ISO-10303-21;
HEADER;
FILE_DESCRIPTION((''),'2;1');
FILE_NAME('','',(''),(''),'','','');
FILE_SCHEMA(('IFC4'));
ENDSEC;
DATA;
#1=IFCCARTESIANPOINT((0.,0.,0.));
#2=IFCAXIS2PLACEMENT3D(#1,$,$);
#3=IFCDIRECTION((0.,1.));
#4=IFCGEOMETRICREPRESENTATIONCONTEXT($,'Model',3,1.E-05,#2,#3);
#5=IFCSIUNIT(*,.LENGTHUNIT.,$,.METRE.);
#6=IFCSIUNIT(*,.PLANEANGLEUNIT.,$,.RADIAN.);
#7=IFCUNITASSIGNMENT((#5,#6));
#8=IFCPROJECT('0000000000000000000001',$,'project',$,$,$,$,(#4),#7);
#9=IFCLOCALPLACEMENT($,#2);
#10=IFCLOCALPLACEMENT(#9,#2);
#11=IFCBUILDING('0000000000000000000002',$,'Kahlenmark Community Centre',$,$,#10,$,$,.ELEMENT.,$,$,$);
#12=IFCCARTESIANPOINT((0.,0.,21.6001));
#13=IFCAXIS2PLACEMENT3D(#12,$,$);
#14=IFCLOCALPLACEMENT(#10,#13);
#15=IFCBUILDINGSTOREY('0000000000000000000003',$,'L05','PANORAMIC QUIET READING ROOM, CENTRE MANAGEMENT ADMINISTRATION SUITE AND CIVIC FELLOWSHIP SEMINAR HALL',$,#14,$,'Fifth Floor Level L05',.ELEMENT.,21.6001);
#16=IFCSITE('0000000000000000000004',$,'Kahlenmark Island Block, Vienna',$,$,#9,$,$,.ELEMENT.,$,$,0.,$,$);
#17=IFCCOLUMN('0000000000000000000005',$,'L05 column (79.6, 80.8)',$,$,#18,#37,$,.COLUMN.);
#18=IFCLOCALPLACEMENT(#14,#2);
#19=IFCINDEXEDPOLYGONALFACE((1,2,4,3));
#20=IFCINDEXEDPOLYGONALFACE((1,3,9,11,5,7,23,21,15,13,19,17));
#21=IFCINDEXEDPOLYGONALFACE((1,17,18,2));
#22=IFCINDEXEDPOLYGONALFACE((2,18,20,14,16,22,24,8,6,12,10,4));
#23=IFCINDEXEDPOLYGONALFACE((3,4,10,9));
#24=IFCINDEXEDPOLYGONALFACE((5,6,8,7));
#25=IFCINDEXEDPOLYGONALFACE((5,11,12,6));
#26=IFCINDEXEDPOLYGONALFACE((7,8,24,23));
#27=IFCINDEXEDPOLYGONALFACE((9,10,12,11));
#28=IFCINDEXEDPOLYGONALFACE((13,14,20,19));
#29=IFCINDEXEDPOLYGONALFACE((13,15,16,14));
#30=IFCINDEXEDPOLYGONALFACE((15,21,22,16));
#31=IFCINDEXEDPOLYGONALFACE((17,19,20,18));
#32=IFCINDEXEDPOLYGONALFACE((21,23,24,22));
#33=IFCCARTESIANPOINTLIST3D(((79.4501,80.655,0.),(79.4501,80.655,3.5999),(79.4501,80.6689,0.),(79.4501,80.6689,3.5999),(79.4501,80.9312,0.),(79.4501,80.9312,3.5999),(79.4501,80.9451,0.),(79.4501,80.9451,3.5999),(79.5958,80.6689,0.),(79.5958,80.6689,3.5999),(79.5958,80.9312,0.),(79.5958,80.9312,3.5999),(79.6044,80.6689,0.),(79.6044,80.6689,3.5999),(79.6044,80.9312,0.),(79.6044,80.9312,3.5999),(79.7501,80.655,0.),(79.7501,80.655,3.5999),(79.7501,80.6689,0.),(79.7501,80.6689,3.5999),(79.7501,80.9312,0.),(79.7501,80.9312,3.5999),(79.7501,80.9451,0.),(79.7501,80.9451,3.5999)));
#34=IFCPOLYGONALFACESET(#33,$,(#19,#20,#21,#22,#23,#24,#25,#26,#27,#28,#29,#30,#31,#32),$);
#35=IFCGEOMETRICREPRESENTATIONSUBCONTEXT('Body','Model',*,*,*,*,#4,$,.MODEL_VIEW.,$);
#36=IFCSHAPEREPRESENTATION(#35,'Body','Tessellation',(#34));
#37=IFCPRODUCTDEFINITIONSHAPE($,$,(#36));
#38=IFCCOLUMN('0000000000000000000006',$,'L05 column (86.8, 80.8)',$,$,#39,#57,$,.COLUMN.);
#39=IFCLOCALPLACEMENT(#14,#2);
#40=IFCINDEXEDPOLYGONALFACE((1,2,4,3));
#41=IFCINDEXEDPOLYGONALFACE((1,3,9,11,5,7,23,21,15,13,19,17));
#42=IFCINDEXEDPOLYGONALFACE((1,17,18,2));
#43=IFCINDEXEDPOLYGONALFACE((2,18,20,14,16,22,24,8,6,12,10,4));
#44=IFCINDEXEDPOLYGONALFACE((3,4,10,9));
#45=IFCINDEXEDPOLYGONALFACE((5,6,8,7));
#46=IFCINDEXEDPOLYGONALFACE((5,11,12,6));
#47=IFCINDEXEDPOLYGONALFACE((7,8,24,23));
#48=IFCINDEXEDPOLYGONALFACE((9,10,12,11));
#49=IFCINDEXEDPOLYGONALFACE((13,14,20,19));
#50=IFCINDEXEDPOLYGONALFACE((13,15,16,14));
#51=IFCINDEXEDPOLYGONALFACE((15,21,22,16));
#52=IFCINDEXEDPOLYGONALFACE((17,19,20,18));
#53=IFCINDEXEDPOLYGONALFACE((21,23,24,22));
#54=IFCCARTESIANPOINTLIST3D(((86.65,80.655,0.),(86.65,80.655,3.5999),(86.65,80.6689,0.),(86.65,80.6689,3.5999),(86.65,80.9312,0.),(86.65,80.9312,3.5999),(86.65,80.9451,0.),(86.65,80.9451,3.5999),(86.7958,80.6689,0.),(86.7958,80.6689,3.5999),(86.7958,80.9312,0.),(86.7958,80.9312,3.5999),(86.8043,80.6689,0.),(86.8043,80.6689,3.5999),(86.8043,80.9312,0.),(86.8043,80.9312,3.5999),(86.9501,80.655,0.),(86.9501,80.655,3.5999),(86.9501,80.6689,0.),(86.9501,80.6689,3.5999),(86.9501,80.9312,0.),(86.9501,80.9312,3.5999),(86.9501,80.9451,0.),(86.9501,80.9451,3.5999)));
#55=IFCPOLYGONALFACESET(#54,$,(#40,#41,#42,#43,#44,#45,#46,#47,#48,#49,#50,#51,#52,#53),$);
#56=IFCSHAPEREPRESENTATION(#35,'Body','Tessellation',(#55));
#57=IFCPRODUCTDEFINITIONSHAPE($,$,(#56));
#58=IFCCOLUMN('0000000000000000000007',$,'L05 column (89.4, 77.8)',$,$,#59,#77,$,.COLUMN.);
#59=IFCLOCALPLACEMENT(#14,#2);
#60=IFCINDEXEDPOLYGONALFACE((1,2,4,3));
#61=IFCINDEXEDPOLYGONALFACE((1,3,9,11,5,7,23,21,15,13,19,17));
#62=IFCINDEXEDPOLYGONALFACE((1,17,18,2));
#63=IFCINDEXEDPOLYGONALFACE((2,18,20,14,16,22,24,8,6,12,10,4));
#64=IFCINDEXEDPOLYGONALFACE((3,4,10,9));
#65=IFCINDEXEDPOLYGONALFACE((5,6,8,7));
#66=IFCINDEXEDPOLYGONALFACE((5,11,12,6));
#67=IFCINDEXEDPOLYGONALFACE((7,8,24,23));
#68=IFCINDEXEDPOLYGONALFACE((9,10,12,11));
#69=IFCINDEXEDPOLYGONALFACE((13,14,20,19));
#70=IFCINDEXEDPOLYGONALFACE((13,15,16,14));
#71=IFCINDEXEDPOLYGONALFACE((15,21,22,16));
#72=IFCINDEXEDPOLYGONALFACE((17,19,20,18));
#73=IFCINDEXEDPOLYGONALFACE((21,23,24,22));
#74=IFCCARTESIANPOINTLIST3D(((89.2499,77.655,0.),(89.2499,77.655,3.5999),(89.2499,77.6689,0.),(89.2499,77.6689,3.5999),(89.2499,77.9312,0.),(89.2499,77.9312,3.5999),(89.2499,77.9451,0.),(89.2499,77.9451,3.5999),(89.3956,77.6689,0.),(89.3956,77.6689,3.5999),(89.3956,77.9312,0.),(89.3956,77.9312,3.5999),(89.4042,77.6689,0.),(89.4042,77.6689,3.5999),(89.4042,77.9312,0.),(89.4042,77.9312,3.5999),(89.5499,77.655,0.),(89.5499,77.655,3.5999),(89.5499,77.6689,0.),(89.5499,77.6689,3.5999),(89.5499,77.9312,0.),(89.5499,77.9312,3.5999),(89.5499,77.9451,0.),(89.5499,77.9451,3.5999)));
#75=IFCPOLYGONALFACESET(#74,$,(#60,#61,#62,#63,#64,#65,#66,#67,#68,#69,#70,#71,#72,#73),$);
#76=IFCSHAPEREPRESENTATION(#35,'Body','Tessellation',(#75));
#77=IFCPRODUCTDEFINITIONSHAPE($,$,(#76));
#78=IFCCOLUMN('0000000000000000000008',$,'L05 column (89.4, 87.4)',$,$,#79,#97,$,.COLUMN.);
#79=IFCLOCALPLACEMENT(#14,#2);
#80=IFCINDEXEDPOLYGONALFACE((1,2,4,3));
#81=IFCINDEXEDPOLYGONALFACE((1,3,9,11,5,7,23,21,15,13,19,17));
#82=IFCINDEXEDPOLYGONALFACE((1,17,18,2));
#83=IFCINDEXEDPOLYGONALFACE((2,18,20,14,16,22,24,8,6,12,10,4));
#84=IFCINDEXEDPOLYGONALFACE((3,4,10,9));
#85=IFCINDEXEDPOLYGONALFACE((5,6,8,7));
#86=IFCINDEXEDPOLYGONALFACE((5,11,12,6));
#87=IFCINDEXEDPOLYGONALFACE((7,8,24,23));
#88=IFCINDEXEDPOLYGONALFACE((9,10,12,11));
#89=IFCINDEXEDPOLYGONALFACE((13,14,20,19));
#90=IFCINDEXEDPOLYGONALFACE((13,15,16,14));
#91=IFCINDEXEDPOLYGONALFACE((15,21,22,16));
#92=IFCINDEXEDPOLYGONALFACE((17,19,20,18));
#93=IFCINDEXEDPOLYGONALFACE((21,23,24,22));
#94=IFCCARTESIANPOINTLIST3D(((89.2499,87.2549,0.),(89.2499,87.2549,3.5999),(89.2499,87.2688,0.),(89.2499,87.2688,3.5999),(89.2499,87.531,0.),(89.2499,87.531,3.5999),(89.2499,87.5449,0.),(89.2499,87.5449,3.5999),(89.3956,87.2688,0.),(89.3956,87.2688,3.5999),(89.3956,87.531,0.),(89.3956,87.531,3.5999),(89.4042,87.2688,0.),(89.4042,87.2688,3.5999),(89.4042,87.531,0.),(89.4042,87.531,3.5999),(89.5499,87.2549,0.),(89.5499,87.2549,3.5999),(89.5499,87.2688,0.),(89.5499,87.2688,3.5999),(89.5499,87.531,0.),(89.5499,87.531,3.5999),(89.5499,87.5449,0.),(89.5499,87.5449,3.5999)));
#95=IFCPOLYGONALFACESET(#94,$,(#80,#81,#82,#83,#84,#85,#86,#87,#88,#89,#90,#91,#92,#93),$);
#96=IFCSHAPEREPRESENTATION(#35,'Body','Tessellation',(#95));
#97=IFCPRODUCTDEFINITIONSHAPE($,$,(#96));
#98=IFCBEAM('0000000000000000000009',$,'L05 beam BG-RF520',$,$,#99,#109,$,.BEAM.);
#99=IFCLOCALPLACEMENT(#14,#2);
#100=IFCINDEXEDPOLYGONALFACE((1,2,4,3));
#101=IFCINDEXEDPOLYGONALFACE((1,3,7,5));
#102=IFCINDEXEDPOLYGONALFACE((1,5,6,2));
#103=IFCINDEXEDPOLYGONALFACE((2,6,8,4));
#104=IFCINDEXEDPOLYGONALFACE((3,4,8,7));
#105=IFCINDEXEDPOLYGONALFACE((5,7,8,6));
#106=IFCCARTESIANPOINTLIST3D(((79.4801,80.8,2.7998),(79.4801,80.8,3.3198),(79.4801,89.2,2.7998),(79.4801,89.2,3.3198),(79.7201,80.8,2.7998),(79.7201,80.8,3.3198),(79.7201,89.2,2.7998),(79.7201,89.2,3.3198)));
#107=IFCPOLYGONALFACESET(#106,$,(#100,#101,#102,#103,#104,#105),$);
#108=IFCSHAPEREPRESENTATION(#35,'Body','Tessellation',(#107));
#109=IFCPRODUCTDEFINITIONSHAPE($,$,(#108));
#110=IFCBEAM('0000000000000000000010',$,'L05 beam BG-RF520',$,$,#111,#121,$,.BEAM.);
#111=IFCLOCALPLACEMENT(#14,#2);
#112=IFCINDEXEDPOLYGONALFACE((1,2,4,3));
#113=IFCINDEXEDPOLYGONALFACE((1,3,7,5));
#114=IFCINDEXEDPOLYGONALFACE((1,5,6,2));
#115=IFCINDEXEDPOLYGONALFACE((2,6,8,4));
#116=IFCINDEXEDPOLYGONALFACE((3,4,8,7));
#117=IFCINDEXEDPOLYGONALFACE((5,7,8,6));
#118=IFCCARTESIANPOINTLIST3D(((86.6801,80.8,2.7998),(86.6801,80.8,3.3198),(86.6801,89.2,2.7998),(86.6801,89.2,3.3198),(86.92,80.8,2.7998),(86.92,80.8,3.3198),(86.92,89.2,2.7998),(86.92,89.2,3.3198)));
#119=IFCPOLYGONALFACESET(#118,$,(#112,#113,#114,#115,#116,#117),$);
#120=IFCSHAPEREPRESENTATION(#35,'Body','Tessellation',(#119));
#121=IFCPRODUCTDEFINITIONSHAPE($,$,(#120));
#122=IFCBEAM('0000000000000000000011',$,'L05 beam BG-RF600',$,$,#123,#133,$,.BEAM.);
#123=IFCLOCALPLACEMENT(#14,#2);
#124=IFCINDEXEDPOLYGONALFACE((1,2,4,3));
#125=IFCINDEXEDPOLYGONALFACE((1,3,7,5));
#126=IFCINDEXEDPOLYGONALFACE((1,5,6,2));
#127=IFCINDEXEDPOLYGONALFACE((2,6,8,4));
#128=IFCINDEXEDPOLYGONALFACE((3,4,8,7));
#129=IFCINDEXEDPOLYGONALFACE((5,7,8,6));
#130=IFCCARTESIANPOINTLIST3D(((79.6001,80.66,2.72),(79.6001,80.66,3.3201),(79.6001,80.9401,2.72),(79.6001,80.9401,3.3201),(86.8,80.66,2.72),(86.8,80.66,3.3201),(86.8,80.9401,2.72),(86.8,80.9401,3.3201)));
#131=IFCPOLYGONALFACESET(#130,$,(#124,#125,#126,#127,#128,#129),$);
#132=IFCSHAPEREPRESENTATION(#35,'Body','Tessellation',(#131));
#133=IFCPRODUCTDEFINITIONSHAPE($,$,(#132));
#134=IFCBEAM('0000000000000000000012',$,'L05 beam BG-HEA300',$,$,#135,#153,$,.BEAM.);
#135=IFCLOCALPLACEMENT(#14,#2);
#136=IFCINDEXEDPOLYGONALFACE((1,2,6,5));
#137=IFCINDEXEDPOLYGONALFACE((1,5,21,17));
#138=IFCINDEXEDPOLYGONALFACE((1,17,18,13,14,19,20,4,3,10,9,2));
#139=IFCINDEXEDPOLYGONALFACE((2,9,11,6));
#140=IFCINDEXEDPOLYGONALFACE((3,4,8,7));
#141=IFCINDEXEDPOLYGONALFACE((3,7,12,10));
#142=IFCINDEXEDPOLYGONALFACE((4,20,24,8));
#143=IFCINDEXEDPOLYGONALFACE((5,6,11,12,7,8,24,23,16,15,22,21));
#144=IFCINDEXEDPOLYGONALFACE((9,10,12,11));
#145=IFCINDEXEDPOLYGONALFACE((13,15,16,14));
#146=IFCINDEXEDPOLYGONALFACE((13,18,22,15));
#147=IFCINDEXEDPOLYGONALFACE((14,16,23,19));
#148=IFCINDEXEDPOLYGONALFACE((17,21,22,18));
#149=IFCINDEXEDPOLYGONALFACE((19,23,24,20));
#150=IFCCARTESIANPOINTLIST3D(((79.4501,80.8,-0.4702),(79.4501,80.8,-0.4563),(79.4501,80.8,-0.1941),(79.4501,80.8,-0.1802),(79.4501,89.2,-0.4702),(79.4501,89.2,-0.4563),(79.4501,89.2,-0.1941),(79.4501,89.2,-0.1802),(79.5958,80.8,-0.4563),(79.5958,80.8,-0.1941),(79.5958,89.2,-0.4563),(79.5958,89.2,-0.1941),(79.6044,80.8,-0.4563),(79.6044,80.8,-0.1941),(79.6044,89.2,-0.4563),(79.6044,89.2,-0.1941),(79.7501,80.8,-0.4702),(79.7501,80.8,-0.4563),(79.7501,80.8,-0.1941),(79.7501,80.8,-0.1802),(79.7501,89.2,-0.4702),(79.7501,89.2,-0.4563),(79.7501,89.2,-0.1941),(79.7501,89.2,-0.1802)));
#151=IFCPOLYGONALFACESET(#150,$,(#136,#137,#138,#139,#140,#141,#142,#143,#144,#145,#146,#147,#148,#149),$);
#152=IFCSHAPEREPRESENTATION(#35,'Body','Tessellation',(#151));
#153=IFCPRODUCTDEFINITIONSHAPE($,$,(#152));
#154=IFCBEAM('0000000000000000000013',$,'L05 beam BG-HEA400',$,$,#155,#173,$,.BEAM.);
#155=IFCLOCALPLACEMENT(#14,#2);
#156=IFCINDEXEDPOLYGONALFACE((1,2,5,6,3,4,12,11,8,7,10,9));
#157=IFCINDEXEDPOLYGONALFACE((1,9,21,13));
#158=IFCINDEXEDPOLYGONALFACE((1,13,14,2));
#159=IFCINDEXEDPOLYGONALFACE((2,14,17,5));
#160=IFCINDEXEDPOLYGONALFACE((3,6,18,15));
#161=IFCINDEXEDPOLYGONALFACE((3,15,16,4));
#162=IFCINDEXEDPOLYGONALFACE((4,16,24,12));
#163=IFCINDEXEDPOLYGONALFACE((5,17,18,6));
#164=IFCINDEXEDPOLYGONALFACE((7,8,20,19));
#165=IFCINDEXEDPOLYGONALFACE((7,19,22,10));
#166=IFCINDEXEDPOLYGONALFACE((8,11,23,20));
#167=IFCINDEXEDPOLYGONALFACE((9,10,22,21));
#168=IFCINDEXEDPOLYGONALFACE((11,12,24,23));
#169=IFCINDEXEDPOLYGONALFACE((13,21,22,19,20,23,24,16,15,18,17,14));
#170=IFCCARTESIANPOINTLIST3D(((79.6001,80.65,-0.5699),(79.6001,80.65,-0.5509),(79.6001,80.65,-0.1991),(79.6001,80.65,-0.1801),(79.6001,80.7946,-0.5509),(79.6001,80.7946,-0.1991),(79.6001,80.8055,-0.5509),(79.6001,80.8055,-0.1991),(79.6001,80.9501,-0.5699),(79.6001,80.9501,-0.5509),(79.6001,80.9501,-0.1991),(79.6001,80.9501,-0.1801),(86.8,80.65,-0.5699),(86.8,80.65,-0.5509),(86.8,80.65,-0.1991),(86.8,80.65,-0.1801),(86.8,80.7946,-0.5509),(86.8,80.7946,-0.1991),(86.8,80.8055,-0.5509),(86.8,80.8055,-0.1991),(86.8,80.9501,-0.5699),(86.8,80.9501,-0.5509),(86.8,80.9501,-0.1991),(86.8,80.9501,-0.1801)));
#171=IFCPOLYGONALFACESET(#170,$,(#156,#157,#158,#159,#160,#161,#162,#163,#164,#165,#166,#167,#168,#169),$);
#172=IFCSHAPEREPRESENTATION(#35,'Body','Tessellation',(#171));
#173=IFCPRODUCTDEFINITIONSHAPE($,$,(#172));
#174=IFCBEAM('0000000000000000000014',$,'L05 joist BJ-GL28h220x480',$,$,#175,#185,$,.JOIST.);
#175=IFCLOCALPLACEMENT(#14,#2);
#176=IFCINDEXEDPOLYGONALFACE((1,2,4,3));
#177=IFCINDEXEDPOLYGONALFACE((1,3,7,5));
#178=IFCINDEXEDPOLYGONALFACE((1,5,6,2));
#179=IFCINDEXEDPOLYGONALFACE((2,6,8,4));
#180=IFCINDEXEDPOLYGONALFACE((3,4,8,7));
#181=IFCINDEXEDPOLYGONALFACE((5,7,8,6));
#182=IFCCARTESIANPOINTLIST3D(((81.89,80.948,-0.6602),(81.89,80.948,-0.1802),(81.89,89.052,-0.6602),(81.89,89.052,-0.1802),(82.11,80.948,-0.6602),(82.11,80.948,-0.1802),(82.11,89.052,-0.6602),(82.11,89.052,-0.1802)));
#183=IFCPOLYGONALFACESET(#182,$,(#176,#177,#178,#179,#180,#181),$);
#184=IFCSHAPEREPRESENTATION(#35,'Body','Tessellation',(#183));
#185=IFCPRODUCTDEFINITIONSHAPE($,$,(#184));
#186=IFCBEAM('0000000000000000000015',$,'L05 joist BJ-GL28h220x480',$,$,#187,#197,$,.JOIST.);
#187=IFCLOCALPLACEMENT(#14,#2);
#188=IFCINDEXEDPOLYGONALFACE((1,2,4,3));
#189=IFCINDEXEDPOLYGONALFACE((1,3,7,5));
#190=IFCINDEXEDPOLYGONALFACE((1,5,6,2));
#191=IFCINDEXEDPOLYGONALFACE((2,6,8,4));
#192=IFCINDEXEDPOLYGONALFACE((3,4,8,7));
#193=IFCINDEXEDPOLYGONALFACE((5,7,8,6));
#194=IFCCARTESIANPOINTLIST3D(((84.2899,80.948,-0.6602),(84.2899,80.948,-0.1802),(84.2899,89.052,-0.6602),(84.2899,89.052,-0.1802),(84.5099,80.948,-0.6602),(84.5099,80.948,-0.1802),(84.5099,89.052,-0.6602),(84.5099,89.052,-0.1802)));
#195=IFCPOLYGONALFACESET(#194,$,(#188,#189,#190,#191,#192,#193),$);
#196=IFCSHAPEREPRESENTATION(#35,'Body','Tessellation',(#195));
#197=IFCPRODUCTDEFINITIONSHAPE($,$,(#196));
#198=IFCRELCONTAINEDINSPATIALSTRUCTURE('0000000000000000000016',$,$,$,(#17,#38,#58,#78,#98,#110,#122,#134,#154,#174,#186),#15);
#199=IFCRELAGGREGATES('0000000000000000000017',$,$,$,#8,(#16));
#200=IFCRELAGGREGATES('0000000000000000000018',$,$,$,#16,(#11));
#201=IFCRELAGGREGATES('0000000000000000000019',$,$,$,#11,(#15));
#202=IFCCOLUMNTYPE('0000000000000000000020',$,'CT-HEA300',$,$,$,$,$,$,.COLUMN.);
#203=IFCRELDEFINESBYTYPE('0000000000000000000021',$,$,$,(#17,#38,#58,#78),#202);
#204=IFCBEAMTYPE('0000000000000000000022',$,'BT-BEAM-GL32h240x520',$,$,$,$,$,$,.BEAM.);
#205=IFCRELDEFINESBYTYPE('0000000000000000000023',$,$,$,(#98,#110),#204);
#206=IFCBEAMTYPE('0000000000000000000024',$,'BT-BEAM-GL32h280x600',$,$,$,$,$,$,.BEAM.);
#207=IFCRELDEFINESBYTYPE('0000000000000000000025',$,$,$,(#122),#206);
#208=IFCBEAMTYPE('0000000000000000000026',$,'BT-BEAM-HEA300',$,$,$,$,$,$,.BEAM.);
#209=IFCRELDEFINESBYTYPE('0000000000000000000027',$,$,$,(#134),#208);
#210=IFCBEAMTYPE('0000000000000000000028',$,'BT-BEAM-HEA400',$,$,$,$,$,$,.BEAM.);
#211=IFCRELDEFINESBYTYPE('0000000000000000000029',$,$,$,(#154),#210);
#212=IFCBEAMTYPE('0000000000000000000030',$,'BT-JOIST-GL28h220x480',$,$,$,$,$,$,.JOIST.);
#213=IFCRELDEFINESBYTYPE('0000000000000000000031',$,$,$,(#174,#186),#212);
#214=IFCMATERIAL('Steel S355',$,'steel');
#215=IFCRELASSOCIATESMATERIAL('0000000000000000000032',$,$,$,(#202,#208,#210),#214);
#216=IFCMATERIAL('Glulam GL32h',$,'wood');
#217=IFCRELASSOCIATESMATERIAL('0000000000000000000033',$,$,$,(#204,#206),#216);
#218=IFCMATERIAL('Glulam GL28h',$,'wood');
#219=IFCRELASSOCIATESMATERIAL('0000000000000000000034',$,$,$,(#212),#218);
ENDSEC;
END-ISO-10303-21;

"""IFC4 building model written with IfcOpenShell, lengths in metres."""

from ifc_helpers import new_model, si_unit, direction, frame, origin, origin_2d, place, context, subcontext, project, spatial, rectangle, i_section, extrude, material, material_profile, profile_set, type_object, element, save


model = new_model("IFC4")

# Units and contexts
model_context = context("Model", 3, precision=1e-05, world=origin(), true_north=direction((0.0, 1.0)))
body_context = subcontext(model_context, "Body", "Model", "MODEL_VIEW")
ifc_project = project(units=[si_unit("LENGTHUNIT", "METRE"), si_unit("PLANEANGLEUNIT", "RADIAN")], contexts=[model_context])

# Site, building, storey
site_placement = place(None, origin())
site = spatial("IfcSite", under=ifc_project, at=site_placement, Name="Kahlenmark Island Block, Vienna", CompositionType="ELEMENT", RefElevation=0.0)
building_placement = place(site_placement, origin())
building = spatial("IfcBuilding", under=site, at=building_placement, Name="Kahlenmark Community Centre", CompositionType="ELEMENT")
storey_placement = place(building_placement, frame((0.0, 0.0, 21.6001)))
storey = spatial("IfcBuildingStorey", under=building, at=storey_placement, Name="L05", Description="PANORAMIC QUIET READING ROOM, CENTRE MANAGEMENT ADMINISTRATION SUITE AND CIVIC FELLOWSHIP SEMINAR HALL", LongName="Fifth Floor Level L05", CompositionType="ELEMENT", Elevation=21.6001)

# Columns
ifc_material_1 = material(Name="Steel S355", Category="steel")
ifc_material_profile_1 = material_profile(ifc_material_1, i_section(OverallWidth=0.3, OverallDepth=0.29, WebThickness=0.0085, FlangeThickness=0.0139, at=origin_2d()), Name="HEA 300")
ifc_profile_set_1 = profile_set([ifc_material_profile_1], Name="Steel S355")
column_type = type_object("IfcColumnType", Name="CT-HEA300", PredefinedType="COLUMN", material=ifc_profile_set_1)
for number, where, z_axis, x_axis, name in (
    (1, (79.6001, 80.8, 0.0), (0.0, 0.0, 1.0), (1.0, 0.0, 0.0), "L05 column (79.6, 80.8)"),
    (2, (86.8, 80.8, 0.0), (0.0, 0.0, 1.0), (1.0, 0.0, 0.0), "L05 column (86.8, 80.8)"),
    (3, (89.3999, 77.8, 0.0), (0.0, 0.0, 1.0), (1.0, 0.0, 0.0), "L05 column (89.4, 77.8)"),
    (4, (89.3999, 87.3999, 0.0), (0.0, 0.0, 1.0), (1.0, 0.0, 0.0), "L05 column (89.4, 87.4)"),
):
    element("IfcColumn", number, at=place(storey_placement, frame(where, z_axis=z_axis, x_axis=x_axis)), inside=storey, type_object=column_type, Name=name, PredefinedType="COLUMN", context=body_context, shape_type="SweptSolid", body=[
        extrude(i_section(OverallWidth=0.3, OverallDepth=0.29, WebThickness=0.0085, FlangeThickness=0.0139, at=origin_2d()), origin(), (0.0, 0.0, 1.0), 3.5999),
    ])

# Beams
ifc_material_2 = material(Name="Glulam GL32h", Category="wood")
ifc_material_profile_2 = material_profile(ifc_material_2, rectangle(XDim=0.24, YDim=0.52, at=origin_2d()), Name="GL32h 240x520")
ifc_profile_set_2 = profile_set([ifc_material_profile_2], Name="Glulam GL32h")
beam_type_1 = type_object("IfcBeamType", Name="BT-BEAM-GL32h240x520", PredefinedType="BEAM", material=ifc_profile_set_2)
for number, where, z_axis, x_axis, name in (
    (5, (79.6001, 80.8, 3.0598), (0.0, 1.0, 0.0), (-1.0, 0.0, 0.0), "L05 beam BG-RF520"),
    (6, (86.8, 80.8, 3.0598), (0.0, 1.0, 0.0), (-1.0, 0.0, 0.0), "L05 beam BG-RF520"),
):
    element("IfcBeam", number, at=place(storey_placement, frame(where, z_axis=z_axis, x_axis=x_axis)), inside=storey, type_object=beam_type_1, Name=name, PredefinedType="BEAM", context=body_context, shape_type="SweptSolid", body=[
        extrude(rectangle(XDim=0.24, YDim=0.52, at=origin_2d()), origin(), (0.0, 0.0, 1.0), 8.3999),
    ])
ifc_material_profile_3 = material_profile(ifc_material_2, rectangle(XDim=0.28, YDim=0.6001, at=origin_2d()), Name="GL32h 280x600")
ifc_profile_set_3 = profile_set([ifc_material_profile_3], Name="Glulam GL32h")
beam_type_2 = type_object("IfcBeamType", Name="BT-BEAM-GL32h280x600", PredefinedType="BEAM", material=ifc_profile_set_3)
beam_1_placement = place(storey_placement, frame((79.6001, 80.8, 3.02), z_axis=(1.0, 0.0, 0.0), x_axis=(0.0, 1.0, 0.0)))
element("IfcBeam", 7, at=beam_1_placement, inside=storey, type_object=beam_type_2, Name="L05 beam BG-RF600", PredefinedType="BEAM", context=body_context, shape_type="SweptSolid", body=[
    extrude(rectangle(XDim=0.28, YDim=0.6001, at=origin_2d()), origin(), (0.0, 0.0, 1.0), 7.2),
])
ifc_material_profile_4 = material_profile(ifc_material_1, i_section(OverallWidth=0.3, OverallDepth=0.29, WebThickness=0.0085, FlangeThickness=0.0139, at=origin_2d()), Name="HEA 300")
ifc_profile_set_4 = profile_set([ifc_material_profile_4], Name="Steel S355")
beam_type_3 = type_object("IfcBeamType", Name="BT-BEAM-HEA300", PredefinedType="BEAM", material=ifc_profile_set_4)
beam_2_placement = place(storey_placement, frame((79.6001, 80.8, -0.3252), z_axis=(0.0, 1.0, 0.0), x_axis=(-1.0, 0.0, 0.0)))
element("IfcBeam", 8, at=beam_2_placement, inside=storey, type_object=beam_type_3, Name="L05 beam BG-HEA300", PredefinedType="BEAM", context=body_context, shape_type="SweptSolid", body=[
    extrude(i_section(OverallWidth=0.3, OverallDepth=0.29, WebThickness=0.0085, FlangeThickness=0.0139, at=origin_2d()), origin(), (0.0, 0.0, 1.0), 8.3999),
])
ifc_material_profile_5 = material_profile(ifc_material_1, i_section(OverallWidth=0.3, OverallDepth=0.3899, WebThickness=0.011, FlangeThickness=0.019, at=origin_2d()), Name="HEA 400")
ifc_profile_set_5 = profile_set([ifc_material_profile_5], Name="Steel S355")
beam_type_4 = type_object("IfcBeamType", Name="BT-BEAM-HEA400", PredefinedType="BEAM", material=ifc_profile_set_5)
beam_3_placement = place(storey_placement, frame((79.6001, 80.8, -0.375), z_axis=(1.0, 0.0, 0.0), x_axis=(0.0, 1.0, 0.0)))
element("IfcBeam", 9, at=beam_3_placement, inside=storey, type_object=beam_type_4, Name="L05 beam BG-HEA400", PredefinedType="BEAM", context=body_context, shape_type="SweptSolid", body=[
    extrude(i_section(OverallWidth=0.3, OverallDepth=0.3899, WebThickness=0.011, FlangeThickness=0.019, at=origin_2d()), origin(), (0.0, 0.0, 1.0), 7.2),
])
ifc_material_3 = material(Name="Glulam GL28h", Category="wood")
ifc_material_profile_6 = material_profile(ifc_material_3, rectangle(XDim=0.22, YDim=0.48, at=origin_2d()), Name="GL28h 220x480")
ifc_profile_set_6 = profile_set([ifc_material_profile_6], Name="Glulam GL28h")
beam_type_5 = type_object("IfcBeamType", Name="BT-JOIST-GL28h220x480", PredefinedType="JOIST", material=ifc_profile_set_6)
for number, where, z_axis, x_axis, name in (
    (10, (82.0, 80.948, -0.4202), (0.0, 1.0, 0.0), (-1.0, 0.0, 0.0), "L05 joist BJ-GL28h220x480"),
    (11, (84.3999, 80.948, -0.4202), (0.0, 1.0, 0.0), (-1.0, 0.0, 0.0), "L05 joist BJ-GL28h220x480"),
):
    element("IfcBeam", number, at=place(storey_placement, frame(where, z_axis=z_axis, x_axis=x_axis)), inside=storey, type_object=beam_type_5, Name=name, PredefinedType="JOIST", context=body_context, shape_type="SweptSolid", body=[
        extrude(rectangle(XDim=0.22, YDim=0.48, at=origin_2d()), origin(), (0.0, 0.0, 1.0), 8.104),
    ])

save(model, "model.ifc")
